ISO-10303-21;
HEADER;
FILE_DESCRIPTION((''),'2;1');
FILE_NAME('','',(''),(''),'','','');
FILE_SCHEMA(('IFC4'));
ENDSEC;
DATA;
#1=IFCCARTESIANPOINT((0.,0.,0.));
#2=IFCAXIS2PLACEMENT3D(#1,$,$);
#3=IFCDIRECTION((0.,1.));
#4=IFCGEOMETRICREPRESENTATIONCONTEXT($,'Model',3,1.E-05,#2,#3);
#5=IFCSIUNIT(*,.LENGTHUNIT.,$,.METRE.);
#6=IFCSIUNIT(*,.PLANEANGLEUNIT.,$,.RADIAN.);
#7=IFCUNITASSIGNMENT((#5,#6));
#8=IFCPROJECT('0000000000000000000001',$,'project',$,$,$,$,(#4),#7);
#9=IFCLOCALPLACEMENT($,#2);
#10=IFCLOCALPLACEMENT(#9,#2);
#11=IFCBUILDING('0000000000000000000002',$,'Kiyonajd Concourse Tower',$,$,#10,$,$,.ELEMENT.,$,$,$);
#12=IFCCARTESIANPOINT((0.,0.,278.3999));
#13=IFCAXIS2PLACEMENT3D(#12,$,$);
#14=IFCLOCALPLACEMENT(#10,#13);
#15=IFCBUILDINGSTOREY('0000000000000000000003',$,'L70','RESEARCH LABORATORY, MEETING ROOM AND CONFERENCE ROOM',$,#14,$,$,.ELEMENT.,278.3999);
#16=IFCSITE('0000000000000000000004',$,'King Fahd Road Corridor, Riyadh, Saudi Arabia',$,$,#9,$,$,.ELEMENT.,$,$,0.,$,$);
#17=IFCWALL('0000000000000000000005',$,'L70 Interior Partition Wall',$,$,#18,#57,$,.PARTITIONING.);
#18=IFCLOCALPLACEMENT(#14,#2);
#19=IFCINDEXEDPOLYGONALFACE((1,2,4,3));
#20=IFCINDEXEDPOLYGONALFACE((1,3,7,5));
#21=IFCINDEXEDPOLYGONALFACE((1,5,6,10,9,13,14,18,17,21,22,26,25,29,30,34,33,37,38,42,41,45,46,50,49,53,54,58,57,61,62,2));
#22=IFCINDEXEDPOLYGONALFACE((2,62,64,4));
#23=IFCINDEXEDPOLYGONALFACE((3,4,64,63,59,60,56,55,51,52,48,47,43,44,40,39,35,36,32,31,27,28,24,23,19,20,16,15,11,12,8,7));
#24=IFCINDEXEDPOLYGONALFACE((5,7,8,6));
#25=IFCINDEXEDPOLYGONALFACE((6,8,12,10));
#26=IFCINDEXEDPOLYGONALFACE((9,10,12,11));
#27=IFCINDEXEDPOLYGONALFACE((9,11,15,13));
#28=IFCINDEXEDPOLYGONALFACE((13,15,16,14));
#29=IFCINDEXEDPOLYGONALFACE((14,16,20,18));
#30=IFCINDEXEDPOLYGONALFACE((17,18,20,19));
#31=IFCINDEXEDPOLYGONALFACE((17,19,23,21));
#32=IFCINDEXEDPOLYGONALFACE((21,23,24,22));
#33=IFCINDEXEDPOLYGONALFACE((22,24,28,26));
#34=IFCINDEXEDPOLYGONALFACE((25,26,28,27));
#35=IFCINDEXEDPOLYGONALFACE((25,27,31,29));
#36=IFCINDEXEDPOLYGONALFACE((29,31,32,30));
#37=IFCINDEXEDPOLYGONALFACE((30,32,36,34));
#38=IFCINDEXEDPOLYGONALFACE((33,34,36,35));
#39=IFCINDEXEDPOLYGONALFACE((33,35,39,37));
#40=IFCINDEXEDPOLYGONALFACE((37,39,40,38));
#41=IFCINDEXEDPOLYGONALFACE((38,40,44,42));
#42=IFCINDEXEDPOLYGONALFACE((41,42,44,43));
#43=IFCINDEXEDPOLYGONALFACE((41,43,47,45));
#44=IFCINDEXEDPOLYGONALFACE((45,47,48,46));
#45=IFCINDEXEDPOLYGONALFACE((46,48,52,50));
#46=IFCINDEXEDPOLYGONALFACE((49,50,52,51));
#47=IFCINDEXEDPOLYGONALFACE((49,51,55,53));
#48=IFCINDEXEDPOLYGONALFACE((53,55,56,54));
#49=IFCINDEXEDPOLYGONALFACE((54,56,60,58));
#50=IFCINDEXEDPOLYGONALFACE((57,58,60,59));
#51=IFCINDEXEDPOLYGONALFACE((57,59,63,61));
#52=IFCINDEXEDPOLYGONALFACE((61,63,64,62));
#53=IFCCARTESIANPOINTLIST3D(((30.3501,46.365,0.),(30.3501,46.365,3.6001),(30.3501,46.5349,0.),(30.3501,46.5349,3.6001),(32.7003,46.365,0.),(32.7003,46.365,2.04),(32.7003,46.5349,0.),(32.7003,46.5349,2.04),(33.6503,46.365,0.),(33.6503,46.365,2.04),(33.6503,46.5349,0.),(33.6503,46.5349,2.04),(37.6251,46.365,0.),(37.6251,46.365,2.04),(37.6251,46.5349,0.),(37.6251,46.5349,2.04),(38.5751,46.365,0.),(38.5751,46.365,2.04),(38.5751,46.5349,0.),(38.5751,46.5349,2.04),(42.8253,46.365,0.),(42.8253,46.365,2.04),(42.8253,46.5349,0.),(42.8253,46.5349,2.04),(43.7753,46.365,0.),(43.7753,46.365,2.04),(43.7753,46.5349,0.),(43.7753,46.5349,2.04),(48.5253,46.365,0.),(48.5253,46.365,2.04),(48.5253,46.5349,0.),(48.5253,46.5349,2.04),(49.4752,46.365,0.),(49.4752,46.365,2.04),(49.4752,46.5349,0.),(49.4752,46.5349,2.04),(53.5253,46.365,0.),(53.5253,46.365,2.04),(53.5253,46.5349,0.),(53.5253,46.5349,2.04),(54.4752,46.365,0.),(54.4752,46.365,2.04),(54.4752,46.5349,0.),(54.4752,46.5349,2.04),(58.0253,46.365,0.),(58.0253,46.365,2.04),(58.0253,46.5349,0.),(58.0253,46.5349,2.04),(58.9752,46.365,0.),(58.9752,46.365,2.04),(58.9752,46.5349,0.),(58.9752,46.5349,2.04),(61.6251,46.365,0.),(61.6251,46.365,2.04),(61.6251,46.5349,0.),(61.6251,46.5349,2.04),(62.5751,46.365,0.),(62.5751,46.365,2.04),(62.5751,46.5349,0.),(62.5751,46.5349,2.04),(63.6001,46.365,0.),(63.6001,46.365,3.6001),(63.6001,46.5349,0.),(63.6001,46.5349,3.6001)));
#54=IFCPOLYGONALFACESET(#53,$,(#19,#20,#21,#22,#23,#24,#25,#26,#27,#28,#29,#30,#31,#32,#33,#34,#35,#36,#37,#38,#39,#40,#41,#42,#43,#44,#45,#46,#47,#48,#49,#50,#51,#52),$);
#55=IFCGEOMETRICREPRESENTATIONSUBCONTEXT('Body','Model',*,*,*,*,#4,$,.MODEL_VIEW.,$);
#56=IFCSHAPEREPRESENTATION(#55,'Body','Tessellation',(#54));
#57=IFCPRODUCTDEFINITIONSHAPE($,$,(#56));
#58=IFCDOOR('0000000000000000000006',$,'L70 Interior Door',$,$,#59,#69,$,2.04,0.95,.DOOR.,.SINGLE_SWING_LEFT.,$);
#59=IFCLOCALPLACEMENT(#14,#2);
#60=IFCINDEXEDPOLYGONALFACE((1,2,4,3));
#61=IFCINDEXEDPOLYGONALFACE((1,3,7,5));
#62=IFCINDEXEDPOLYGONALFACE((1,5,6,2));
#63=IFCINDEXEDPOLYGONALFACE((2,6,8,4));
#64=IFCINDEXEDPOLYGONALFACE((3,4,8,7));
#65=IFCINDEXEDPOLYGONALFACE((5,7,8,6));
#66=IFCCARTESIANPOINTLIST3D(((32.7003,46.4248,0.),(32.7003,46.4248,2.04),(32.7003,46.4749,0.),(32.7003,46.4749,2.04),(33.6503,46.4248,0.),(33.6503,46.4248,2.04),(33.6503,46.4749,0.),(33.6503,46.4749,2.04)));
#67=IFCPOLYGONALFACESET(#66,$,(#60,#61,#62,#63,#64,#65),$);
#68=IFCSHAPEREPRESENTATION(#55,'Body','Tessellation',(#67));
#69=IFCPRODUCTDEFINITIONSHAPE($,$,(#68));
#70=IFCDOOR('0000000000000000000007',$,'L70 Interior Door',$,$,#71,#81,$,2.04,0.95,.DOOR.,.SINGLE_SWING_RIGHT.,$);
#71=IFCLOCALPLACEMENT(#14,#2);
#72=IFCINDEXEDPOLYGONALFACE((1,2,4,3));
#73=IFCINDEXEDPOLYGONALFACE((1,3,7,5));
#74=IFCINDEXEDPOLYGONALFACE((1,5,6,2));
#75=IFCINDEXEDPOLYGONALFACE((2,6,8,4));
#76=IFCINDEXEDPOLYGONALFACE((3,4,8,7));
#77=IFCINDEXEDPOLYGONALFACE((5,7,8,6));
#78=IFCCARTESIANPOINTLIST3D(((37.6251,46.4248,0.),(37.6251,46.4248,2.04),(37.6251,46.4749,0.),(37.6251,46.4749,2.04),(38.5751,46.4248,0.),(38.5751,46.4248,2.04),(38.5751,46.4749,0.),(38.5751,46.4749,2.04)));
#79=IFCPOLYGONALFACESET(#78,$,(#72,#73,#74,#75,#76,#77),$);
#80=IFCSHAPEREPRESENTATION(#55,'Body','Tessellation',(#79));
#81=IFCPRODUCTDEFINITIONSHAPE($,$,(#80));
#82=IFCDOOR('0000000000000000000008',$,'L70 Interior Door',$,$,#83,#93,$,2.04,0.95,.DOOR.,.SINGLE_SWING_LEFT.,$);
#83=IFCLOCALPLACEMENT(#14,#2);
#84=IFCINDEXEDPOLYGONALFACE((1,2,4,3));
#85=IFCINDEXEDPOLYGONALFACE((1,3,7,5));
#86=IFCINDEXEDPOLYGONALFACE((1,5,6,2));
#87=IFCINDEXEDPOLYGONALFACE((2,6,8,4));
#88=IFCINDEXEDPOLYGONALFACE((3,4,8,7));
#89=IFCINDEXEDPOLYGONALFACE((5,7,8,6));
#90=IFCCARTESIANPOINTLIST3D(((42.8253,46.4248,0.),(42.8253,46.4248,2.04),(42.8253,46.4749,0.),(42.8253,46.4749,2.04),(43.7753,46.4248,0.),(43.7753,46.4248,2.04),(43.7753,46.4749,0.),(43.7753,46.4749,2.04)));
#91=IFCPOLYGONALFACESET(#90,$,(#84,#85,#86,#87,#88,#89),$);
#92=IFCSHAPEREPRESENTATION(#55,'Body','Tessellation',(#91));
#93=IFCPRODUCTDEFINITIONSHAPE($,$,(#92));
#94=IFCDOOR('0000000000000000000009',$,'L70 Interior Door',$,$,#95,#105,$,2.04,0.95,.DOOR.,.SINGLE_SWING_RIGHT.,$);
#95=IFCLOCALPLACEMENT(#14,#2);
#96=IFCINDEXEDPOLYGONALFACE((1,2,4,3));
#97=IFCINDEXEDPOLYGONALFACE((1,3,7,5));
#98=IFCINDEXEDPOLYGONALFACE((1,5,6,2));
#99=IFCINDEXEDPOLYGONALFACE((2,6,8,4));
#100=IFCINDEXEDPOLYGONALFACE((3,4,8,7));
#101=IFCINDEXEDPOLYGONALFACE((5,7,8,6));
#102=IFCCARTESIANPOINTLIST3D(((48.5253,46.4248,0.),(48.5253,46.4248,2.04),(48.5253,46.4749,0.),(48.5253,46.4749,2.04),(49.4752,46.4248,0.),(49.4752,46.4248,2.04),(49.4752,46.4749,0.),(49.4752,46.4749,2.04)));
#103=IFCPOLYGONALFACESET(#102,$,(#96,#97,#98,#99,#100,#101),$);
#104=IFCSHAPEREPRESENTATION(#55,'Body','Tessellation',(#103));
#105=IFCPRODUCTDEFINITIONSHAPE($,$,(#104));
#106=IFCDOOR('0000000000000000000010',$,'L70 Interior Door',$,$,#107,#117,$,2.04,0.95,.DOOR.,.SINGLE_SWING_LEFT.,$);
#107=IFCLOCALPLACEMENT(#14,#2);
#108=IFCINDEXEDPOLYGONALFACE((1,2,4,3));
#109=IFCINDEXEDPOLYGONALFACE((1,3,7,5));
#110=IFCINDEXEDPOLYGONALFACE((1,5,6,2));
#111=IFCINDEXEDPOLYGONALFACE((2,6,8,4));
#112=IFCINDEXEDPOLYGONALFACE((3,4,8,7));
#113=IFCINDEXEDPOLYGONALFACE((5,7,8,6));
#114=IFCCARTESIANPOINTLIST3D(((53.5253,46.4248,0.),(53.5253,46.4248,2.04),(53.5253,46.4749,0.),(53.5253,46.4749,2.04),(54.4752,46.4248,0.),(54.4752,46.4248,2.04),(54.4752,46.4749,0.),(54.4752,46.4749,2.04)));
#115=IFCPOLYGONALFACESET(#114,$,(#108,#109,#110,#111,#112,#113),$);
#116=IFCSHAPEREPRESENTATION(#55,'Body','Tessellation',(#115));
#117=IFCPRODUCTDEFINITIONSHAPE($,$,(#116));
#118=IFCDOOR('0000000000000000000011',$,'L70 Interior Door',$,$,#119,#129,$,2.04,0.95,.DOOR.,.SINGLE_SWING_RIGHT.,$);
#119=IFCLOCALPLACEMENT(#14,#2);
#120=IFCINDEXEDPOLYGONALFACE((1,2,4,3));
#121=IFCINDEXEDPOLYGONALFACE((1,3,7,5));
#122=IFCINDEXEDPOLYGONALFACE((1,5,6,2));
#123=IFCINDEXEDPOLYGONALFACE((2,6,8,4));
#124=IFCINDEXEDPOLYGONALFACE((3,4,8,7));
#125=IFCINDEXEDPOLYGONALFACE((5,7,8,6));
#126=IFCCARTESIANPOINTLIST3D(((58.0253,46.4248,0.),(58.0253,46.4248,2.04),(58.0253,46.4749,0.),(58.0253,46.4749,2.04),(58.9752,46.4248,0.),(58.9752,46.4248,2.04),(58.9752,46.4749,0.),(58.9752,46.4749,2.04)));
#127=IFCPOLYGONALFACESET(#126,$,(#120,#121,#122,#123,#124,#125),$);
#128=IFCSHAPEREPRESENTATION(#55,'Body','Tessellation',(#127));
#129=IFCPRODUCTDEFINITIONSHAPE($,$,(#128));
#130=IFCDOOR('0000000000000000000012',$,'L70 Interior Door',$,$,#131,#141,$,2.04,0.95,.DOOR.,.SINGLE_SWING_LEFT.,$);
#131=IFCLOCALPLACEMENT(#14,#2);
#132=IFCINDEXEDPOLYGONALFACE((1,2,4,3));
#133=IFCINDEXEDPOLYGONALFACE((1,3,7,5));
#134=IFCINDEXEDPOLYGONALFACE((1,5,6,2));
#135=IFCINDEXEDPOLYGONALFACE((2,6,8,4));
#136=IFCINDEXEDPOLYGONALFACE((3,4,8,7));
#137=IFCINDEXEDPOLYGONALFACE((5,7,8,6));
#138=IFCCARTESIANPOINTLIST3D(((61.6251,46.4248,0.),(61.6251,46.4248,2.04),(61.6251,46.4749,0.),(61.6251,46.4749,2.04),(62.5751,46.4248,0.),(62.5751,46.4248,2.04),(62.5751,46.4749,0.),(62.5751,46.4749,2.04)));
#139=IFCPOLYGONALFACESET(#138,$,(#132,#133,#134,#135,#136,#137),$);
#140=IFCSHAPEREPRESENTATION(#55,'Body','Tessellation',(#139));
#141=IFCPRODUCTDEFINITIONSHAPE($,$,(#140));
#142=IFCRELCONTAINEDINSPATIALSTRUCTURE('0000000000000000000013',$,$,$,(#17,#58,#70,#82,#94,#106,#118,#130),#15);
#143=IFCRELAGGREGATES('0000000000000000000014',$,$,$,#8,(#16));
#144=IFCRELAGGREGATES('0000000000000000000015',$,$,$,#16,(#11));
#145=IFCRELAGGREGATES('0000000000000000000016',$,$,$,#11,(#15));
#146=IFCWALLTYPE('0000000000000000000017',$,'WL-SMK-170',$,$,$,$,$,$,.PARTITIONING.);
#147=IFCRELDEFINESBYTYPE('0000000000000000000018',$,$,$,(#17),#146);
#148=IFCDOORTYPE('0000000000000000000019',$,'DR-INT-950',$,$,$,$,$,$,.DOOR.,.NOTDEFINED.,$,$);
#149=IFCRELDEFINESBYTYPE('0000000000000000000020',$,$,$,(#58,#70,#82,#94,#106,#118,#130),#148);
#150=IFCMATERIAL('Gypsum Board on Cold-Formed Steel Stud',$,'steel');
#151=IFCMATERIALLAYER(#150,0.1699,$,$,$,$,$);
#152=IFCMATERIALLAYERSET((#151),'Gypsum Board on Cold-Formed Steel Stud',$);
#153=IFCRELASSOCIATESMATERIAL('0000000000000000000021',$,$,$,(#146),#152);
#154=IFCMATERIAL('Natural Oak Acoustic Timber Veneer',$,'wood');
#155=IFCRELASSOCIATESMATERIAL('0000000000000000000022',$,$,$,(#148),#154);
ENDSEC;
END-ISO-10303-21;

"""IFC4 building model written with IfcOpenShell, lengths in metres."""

from ifc_helpers import new_model, si_unit, direction, frame, frame_2d, origin, place, context, subcontext, project, spatial, rectangle, extrude, material, layer, layer_set, type_object, element, fill, save


model = new_model("IFC4")

# Units and contexts
model_context = context("Model", 3, precision=1e-05, world=origin(), true_north=direction((0.0, 1.0)))
body_context = subcontext(model_context, "Body", "Model", "MODEL_VIEW")
ifc_project = project(units=[si_unit("LENGTHUNIT", "METRE"), si_unit("PLANEANGLEUNIT", "RADIAN")], contexts=[model_context])

# Site, building, storey
site_placement = place(None, origin())
site = spatial("IfcSite", under=ifc_project, at=site_placement, Name="King Fahd Road Corridor, Riyadh, Saudi Arabia", CompositionType="ELEMENT", RefElevation=0.0)
building_placement = place(site_placement, origin())
building = spatial("IfcBuilding", under=site, at=building_placement, Name="Kiyonajd Concourse Tower", CompositionType="ELEMENT")
storey_placement = place(building_placement, frame((0.0, 0.0, 278.3999)))
storey = spatial("IfcBuildingStorey", under=building, at=storey_placement, Name="L70", Description="RESEARCH LABORATORY, MEETING ROOM AND CONFERENCE ROOM", CompositionType="ELEMENT", Elevation=278.3999)

# Wall, openings, doors
ifc_material_1 = material(Name="Gypsum Board on Cold-Formed Steel Stud", Category="steel")
ifc_layer_1 = layer(ifc_material_1, 0.1699)
ifc_layer_set_1 = layer_set([ifc_layer_1], Name="Gypsum Board on Cold-Formed Steel Stud")
wall_type_1 = type_object("IfcWallType", Name="WL-SMK-170", PredefinedType="PARTITIONING", material=ifc_layer_set_1)
wall_1_placement = place(storey_placement, frame((30.3501, 46.45, 0.0), z_axis=(0.0, 0.0, 1.0), x_axis=(1.0, 0.0, 0.0)))
wall_1 = element("IfcWall", 1, at=wall_1_placement, inside=storey, type_object=wall_type_1, Name="L70 Interior Partition Wall", PredefinedType="PARTITIONING", context=body_context, shape_type="SweptSolid", body=[
    extrude(rectangle(XDim=33.25, YDim=0.1699, at=frame_2d((16.625, 0.0))), origin(), (0.0, 0.0, 1.0), 3.6001),
])
opening_1_placement = place(wall_1_placement, frame((2.3501, 0.0, 0.0)))
opening_1 = element("IfcOpeningElement", 2, at=opening_1_placement, cuts=wall_1, PredefinedType="OPENING", context=body_context, shape_type="SweptSolid", body=[
    extrude(rectangle(XDim=0.95, YDim=2.04, at=frame_2d((0.4751, 1.02))), frame((0.0, 0.095, 0.0), z_axis=(0.0, -1.0, 0.0), x_axis=(1.0, 0.0, 0.0)), (0.0, 0.0, 1.0), 0.1899),
])
opening_2_placement = place(wall_1_placement, frame((7.2749, 0.0, 0.0)))
opening_2 = element("IfcOpeningElement", 3, at=opening_2_placement, cuts=wall_1, PredefinedType="OPENING", context=body_context, shape_type="SweptSolid", body=[
    extrude(rectangle(XDim=0.95, YDim=2.04, at=frame_2d((0.4751, 1.02))), frame((0.0, 0.095, 0.0), z_axis=(0.0, -1.0, 0.0), x_axis=(1.0, 0.0, 0.0)), (0.0, 0.0, 1.0), 0.1899),
])
opening_3_placement = place(wall_1_placement, frame((12.4751, 0.0, 0.0)))
opening_3 = element("IfcOpeningElement", 4, at=opening_3_placement, cuts=wall_1, PredefinedType="OPENING", context=body_context, shape_type="SweptSolid", body=[
    extrude(rectangle(XDim=0.95, YDim=2.04, at=frame_2d((0.4751, 1.02))), frame((0.0, 0.095, 0.0), z_axis=(0.0, -1.0, 0.0), x_axis=(1.0, 0.0, 0.0)), (0.0, 0.0, 1.0), 0.1899),
])
opening_4_placement = place(wall_1_placement, frame((18.175, 0.0, 0.0)))
opening_4 = element("IfcOpeningElement", 5, at=opening_4_placement, cuts=wall_1, PredefinedType="OPENING", context=body_context, shape_type="SweptSolid", body=[
    extrude(rectangle(XDim=0.95, YDim=2.04, at=frame_2d((0.4751, 1.02))), frame((0.0, 0.095, 0.0), z_axis=(0.0, -1.0, 0.0), x_axis=(1.0, 0.0, 0.0)), (0.0, 0.0, 1.0), 0.1899),
])
opening_5_placement = place(wall_1_placement, frame((23.175, 0.0, 0.0)))
opening_5 = element("IfcOpeningElement", 6, at=opening_5_placement, cuts=wall_1, PredefinedType="OPENING", context=body_context, shape_type="SweptSolid", body=[
    extrude(rectangle(XDim=0.95, YDim=2.04, at=frame_2d((0.4751, 1.02))), frame((0.0, 0.095, 0.0), z_axis=(0.0, -1.0, 0.0), x_axis=(1.0, 0.0, 0.0)), (0.0, 0.0, 1.0), 0.1899),
])
opening_6_placement = place(wall_1_placement, frame((27.675, 0.0, 0.0)))
opening_6 = element("IfcOpeningElement", 7, at=opening_6_placement, cuts=wall_1, PredefinedType="OPENING", context=body_context, shape_type="SweptSolid", body=[
    extrude(rectangle(XDim=0.95, YDim=2.04, at=frame_2d((0.4751, 1.02))), frame((0.0, 0.095, 0.0), z_axis=(0.0, -1.0, 0.0), x_axis=(1.0, 0.0, 0.0)), (0.0, 0.0, 1.0), 0.1899),
])
opening_7_placement = place(wall_1_placement, frame((31.2749, 0.0, 0.0)))
opening_7 = element("IfcOpeningElement", 8, at=opening_7_placement, cuts=wall_1, PredefinedType="OPENING", context=body_context, shape_type="SweptSolid", body=[
    extrude(rectangle(XDim=0.95, YDim=2.04, at=frame_2d((0.4751, 1.02))), frame((0.0, 0.095, 0.0), z_axis=(0.0, -1.0, 0.0), x_axis=(1.0, 0.0, 0.0)), (0.0, 0.0, 1.0), 0.1899),
])
ifc_material_2 = material(Name="Natural Oak Acoustic Timber Veneer", Category="wood")
door_type = type_object("IfcDoorType", Name="DR-INT-950", OperationType="NOTDEFINED", PredefinedType="DOOR", material=ifc_material_2)
door_1_placement = place(opening_1_placement, origin())
door_1 = element("IfcDoor", 9, at=door_1_placement, inside=storey, type_object=door_type, Name="L70 Interior Door", OperationType="SINGLE_SWING_LEFT", OverallHeight=2.04, OverallWidth=0.95, PredefinedType="DOOR", context=body_context, shape_type="SweptSolid", body=[
    extrude(rectangle(XDim=0.95, YDim=2.04, at=frame_2d((0.4751, 1.02))), frame((0.0, 0.0249, 0.0), z_axis=(0.0, -1.0, 0.0), x_axis=(1.0, 0.0, 0.0)), (0.0, 0.0, 1.0), 0.05),
])
fill(opening_1, door_1)
door_2_placement = place(opening_2_placement, origin())
door_2 = element("IfcDoor", 10, at=door_2_placement, inside=storey, type_object=door_type, Name="L70 Interior Door", OperationType="SINGLE_SWING_RIGHT", OverallHeight=2.04, OverallWidth=0.95, PredefinedType="DOOR", context=body_context, shape_type="SweptSolid", body=[
    extrude(rectangle(XDim=0.95, YDim=2.04, at=frame_2d((0.4751, 1.02))), frame((0.0, 0.0249, 0.0), z_axis=(0.0, -1.0, 0.0), x_axis=(1.0, 0.0, 0.0)), (0.0, 0.0, 1.0), 0.05),
])
fill(opening_2, door_2)
door_3_placement = place(opening_3_placement, origin())
door_3 = element("IfcDoor", 11, at=door_3_placement, inside=storey, type_object=door_type, Name="L70 Interior Door", OperationType="SINGLE_SWING_LEFT", OverallHeight=2.04, OverallWidth=0.95, PredefinedType="DOOR", context=body_context, shape_type="SweptSolid", body=[
    extrude(rectangle(XDim=0.95, YDim=2.04, at=frame_2d((0.4751, 1.02))), frame((0.0, 0.0249, 0.0), z_axis=(0.0, -1.0, 0.0), x_axis=(1.0, 0.0, 0.0)), (0.0, 0.0, 1.0), 0.05),
])
fill(opening_3, door_3)
door_4_placement = place(opening_4_placement, origin())
door_4 = element("IfcDoor", 12, at=door_4_placement, inside=storey, type_object=door_type, Name="L70 Interior Door", OperationType="SINGLE_SWING_RIGHT", OverallHeight=2.04, OverallWidth=0.95, PredefinedType="DOOR", context=body_context, shape_type="SweptSolid", body=[
    extrude(rectangle(XDim=0.95, YDim=2.04, at=frame_2d((0.4751, 1.02))), frame((0.0, 0.0249, 0.0), z_axis=(0.0, -1.0, 0.0), x_axis=(1.0, 0.0, 0.0)), (0.0, 0.0, 1.0), 0.05),
])
fill(opening_4, door_4)
door_5_placement = place(opening_5_placement, origin())
door_5 = element("IfcDoor", 13, at=door_5_placement, inside=storey, type_object=door_type, Name="L70 Interior Door", OperationType="SINGLE_SWING_LEFT", OverallHeight=2.04, OverallWidth=0.95, PredefinedType="DOOR", context=body_context, shape_type="SweptSolid", body=[
    extrude(rectangle(XDim=0.95, YDim=2.04, at=frame_2d((0.4751, 1.02))), frame((0.0, 0.0249, 0.0), z_axis=(0.0, -1.0, 0.0), x_axis=(1.0, 0.0, 0.0)), (0.0, 0.0, 1.0), 0.05),
])
fill(opening_5, door_5)
door_6_placement = place(opening_6_placement, origin())
door_6 = element("IfcDoor", 14, at=door_6_placement, inside=storey, type_object=door_type, Name="L70 Interior Door", OperationType="SINGLE_SWING_RIGHT", OverallHeight=2.04, OverallWidth=0.95, PredefinedType="DOOR", context=body_context, shape_type="SweptSolid", body=[
    extrude(rectangle(XDim=0.95, YDim=2.04, at=frame_2d((0.4751, 1.02))), frame((0.0, 0.0249, 0.0), z_axis=(0.0, -1.0, 0.0), x_axis=(1.0, 0.0, 0.0)), (0.0, 0.0, 1.0), 0.05),
])
fill(opening_6, door_6)
door_7_placement = place(opening_7_placement, origin())
door_7 = element("IfcDoor", 15, at=door_7_placement, inside=storey, type_object=door_type, Name="L70 Interior Door", OperationType="SINGLE_SWING_LEFT", OverallHeight=2.04, OverallWidth=0.95, PredefinedType="DOOR", context=body_context, shape_type="SweptSolid", body=[
    extrude(rectangle(XDim=0.95, YDim=2.04, at=frame_2d((0.4751, 1.02))), frame((0.0, 0.0249, 0.0), z_axis=(0.0, -1.0, 0.0), x_axis=(1.0, 0.0, 0.0)), (0.0, 0.0, 1.0), 0.05),
])
fill(opening_7, door_7)

save(model, "model.ifc")
